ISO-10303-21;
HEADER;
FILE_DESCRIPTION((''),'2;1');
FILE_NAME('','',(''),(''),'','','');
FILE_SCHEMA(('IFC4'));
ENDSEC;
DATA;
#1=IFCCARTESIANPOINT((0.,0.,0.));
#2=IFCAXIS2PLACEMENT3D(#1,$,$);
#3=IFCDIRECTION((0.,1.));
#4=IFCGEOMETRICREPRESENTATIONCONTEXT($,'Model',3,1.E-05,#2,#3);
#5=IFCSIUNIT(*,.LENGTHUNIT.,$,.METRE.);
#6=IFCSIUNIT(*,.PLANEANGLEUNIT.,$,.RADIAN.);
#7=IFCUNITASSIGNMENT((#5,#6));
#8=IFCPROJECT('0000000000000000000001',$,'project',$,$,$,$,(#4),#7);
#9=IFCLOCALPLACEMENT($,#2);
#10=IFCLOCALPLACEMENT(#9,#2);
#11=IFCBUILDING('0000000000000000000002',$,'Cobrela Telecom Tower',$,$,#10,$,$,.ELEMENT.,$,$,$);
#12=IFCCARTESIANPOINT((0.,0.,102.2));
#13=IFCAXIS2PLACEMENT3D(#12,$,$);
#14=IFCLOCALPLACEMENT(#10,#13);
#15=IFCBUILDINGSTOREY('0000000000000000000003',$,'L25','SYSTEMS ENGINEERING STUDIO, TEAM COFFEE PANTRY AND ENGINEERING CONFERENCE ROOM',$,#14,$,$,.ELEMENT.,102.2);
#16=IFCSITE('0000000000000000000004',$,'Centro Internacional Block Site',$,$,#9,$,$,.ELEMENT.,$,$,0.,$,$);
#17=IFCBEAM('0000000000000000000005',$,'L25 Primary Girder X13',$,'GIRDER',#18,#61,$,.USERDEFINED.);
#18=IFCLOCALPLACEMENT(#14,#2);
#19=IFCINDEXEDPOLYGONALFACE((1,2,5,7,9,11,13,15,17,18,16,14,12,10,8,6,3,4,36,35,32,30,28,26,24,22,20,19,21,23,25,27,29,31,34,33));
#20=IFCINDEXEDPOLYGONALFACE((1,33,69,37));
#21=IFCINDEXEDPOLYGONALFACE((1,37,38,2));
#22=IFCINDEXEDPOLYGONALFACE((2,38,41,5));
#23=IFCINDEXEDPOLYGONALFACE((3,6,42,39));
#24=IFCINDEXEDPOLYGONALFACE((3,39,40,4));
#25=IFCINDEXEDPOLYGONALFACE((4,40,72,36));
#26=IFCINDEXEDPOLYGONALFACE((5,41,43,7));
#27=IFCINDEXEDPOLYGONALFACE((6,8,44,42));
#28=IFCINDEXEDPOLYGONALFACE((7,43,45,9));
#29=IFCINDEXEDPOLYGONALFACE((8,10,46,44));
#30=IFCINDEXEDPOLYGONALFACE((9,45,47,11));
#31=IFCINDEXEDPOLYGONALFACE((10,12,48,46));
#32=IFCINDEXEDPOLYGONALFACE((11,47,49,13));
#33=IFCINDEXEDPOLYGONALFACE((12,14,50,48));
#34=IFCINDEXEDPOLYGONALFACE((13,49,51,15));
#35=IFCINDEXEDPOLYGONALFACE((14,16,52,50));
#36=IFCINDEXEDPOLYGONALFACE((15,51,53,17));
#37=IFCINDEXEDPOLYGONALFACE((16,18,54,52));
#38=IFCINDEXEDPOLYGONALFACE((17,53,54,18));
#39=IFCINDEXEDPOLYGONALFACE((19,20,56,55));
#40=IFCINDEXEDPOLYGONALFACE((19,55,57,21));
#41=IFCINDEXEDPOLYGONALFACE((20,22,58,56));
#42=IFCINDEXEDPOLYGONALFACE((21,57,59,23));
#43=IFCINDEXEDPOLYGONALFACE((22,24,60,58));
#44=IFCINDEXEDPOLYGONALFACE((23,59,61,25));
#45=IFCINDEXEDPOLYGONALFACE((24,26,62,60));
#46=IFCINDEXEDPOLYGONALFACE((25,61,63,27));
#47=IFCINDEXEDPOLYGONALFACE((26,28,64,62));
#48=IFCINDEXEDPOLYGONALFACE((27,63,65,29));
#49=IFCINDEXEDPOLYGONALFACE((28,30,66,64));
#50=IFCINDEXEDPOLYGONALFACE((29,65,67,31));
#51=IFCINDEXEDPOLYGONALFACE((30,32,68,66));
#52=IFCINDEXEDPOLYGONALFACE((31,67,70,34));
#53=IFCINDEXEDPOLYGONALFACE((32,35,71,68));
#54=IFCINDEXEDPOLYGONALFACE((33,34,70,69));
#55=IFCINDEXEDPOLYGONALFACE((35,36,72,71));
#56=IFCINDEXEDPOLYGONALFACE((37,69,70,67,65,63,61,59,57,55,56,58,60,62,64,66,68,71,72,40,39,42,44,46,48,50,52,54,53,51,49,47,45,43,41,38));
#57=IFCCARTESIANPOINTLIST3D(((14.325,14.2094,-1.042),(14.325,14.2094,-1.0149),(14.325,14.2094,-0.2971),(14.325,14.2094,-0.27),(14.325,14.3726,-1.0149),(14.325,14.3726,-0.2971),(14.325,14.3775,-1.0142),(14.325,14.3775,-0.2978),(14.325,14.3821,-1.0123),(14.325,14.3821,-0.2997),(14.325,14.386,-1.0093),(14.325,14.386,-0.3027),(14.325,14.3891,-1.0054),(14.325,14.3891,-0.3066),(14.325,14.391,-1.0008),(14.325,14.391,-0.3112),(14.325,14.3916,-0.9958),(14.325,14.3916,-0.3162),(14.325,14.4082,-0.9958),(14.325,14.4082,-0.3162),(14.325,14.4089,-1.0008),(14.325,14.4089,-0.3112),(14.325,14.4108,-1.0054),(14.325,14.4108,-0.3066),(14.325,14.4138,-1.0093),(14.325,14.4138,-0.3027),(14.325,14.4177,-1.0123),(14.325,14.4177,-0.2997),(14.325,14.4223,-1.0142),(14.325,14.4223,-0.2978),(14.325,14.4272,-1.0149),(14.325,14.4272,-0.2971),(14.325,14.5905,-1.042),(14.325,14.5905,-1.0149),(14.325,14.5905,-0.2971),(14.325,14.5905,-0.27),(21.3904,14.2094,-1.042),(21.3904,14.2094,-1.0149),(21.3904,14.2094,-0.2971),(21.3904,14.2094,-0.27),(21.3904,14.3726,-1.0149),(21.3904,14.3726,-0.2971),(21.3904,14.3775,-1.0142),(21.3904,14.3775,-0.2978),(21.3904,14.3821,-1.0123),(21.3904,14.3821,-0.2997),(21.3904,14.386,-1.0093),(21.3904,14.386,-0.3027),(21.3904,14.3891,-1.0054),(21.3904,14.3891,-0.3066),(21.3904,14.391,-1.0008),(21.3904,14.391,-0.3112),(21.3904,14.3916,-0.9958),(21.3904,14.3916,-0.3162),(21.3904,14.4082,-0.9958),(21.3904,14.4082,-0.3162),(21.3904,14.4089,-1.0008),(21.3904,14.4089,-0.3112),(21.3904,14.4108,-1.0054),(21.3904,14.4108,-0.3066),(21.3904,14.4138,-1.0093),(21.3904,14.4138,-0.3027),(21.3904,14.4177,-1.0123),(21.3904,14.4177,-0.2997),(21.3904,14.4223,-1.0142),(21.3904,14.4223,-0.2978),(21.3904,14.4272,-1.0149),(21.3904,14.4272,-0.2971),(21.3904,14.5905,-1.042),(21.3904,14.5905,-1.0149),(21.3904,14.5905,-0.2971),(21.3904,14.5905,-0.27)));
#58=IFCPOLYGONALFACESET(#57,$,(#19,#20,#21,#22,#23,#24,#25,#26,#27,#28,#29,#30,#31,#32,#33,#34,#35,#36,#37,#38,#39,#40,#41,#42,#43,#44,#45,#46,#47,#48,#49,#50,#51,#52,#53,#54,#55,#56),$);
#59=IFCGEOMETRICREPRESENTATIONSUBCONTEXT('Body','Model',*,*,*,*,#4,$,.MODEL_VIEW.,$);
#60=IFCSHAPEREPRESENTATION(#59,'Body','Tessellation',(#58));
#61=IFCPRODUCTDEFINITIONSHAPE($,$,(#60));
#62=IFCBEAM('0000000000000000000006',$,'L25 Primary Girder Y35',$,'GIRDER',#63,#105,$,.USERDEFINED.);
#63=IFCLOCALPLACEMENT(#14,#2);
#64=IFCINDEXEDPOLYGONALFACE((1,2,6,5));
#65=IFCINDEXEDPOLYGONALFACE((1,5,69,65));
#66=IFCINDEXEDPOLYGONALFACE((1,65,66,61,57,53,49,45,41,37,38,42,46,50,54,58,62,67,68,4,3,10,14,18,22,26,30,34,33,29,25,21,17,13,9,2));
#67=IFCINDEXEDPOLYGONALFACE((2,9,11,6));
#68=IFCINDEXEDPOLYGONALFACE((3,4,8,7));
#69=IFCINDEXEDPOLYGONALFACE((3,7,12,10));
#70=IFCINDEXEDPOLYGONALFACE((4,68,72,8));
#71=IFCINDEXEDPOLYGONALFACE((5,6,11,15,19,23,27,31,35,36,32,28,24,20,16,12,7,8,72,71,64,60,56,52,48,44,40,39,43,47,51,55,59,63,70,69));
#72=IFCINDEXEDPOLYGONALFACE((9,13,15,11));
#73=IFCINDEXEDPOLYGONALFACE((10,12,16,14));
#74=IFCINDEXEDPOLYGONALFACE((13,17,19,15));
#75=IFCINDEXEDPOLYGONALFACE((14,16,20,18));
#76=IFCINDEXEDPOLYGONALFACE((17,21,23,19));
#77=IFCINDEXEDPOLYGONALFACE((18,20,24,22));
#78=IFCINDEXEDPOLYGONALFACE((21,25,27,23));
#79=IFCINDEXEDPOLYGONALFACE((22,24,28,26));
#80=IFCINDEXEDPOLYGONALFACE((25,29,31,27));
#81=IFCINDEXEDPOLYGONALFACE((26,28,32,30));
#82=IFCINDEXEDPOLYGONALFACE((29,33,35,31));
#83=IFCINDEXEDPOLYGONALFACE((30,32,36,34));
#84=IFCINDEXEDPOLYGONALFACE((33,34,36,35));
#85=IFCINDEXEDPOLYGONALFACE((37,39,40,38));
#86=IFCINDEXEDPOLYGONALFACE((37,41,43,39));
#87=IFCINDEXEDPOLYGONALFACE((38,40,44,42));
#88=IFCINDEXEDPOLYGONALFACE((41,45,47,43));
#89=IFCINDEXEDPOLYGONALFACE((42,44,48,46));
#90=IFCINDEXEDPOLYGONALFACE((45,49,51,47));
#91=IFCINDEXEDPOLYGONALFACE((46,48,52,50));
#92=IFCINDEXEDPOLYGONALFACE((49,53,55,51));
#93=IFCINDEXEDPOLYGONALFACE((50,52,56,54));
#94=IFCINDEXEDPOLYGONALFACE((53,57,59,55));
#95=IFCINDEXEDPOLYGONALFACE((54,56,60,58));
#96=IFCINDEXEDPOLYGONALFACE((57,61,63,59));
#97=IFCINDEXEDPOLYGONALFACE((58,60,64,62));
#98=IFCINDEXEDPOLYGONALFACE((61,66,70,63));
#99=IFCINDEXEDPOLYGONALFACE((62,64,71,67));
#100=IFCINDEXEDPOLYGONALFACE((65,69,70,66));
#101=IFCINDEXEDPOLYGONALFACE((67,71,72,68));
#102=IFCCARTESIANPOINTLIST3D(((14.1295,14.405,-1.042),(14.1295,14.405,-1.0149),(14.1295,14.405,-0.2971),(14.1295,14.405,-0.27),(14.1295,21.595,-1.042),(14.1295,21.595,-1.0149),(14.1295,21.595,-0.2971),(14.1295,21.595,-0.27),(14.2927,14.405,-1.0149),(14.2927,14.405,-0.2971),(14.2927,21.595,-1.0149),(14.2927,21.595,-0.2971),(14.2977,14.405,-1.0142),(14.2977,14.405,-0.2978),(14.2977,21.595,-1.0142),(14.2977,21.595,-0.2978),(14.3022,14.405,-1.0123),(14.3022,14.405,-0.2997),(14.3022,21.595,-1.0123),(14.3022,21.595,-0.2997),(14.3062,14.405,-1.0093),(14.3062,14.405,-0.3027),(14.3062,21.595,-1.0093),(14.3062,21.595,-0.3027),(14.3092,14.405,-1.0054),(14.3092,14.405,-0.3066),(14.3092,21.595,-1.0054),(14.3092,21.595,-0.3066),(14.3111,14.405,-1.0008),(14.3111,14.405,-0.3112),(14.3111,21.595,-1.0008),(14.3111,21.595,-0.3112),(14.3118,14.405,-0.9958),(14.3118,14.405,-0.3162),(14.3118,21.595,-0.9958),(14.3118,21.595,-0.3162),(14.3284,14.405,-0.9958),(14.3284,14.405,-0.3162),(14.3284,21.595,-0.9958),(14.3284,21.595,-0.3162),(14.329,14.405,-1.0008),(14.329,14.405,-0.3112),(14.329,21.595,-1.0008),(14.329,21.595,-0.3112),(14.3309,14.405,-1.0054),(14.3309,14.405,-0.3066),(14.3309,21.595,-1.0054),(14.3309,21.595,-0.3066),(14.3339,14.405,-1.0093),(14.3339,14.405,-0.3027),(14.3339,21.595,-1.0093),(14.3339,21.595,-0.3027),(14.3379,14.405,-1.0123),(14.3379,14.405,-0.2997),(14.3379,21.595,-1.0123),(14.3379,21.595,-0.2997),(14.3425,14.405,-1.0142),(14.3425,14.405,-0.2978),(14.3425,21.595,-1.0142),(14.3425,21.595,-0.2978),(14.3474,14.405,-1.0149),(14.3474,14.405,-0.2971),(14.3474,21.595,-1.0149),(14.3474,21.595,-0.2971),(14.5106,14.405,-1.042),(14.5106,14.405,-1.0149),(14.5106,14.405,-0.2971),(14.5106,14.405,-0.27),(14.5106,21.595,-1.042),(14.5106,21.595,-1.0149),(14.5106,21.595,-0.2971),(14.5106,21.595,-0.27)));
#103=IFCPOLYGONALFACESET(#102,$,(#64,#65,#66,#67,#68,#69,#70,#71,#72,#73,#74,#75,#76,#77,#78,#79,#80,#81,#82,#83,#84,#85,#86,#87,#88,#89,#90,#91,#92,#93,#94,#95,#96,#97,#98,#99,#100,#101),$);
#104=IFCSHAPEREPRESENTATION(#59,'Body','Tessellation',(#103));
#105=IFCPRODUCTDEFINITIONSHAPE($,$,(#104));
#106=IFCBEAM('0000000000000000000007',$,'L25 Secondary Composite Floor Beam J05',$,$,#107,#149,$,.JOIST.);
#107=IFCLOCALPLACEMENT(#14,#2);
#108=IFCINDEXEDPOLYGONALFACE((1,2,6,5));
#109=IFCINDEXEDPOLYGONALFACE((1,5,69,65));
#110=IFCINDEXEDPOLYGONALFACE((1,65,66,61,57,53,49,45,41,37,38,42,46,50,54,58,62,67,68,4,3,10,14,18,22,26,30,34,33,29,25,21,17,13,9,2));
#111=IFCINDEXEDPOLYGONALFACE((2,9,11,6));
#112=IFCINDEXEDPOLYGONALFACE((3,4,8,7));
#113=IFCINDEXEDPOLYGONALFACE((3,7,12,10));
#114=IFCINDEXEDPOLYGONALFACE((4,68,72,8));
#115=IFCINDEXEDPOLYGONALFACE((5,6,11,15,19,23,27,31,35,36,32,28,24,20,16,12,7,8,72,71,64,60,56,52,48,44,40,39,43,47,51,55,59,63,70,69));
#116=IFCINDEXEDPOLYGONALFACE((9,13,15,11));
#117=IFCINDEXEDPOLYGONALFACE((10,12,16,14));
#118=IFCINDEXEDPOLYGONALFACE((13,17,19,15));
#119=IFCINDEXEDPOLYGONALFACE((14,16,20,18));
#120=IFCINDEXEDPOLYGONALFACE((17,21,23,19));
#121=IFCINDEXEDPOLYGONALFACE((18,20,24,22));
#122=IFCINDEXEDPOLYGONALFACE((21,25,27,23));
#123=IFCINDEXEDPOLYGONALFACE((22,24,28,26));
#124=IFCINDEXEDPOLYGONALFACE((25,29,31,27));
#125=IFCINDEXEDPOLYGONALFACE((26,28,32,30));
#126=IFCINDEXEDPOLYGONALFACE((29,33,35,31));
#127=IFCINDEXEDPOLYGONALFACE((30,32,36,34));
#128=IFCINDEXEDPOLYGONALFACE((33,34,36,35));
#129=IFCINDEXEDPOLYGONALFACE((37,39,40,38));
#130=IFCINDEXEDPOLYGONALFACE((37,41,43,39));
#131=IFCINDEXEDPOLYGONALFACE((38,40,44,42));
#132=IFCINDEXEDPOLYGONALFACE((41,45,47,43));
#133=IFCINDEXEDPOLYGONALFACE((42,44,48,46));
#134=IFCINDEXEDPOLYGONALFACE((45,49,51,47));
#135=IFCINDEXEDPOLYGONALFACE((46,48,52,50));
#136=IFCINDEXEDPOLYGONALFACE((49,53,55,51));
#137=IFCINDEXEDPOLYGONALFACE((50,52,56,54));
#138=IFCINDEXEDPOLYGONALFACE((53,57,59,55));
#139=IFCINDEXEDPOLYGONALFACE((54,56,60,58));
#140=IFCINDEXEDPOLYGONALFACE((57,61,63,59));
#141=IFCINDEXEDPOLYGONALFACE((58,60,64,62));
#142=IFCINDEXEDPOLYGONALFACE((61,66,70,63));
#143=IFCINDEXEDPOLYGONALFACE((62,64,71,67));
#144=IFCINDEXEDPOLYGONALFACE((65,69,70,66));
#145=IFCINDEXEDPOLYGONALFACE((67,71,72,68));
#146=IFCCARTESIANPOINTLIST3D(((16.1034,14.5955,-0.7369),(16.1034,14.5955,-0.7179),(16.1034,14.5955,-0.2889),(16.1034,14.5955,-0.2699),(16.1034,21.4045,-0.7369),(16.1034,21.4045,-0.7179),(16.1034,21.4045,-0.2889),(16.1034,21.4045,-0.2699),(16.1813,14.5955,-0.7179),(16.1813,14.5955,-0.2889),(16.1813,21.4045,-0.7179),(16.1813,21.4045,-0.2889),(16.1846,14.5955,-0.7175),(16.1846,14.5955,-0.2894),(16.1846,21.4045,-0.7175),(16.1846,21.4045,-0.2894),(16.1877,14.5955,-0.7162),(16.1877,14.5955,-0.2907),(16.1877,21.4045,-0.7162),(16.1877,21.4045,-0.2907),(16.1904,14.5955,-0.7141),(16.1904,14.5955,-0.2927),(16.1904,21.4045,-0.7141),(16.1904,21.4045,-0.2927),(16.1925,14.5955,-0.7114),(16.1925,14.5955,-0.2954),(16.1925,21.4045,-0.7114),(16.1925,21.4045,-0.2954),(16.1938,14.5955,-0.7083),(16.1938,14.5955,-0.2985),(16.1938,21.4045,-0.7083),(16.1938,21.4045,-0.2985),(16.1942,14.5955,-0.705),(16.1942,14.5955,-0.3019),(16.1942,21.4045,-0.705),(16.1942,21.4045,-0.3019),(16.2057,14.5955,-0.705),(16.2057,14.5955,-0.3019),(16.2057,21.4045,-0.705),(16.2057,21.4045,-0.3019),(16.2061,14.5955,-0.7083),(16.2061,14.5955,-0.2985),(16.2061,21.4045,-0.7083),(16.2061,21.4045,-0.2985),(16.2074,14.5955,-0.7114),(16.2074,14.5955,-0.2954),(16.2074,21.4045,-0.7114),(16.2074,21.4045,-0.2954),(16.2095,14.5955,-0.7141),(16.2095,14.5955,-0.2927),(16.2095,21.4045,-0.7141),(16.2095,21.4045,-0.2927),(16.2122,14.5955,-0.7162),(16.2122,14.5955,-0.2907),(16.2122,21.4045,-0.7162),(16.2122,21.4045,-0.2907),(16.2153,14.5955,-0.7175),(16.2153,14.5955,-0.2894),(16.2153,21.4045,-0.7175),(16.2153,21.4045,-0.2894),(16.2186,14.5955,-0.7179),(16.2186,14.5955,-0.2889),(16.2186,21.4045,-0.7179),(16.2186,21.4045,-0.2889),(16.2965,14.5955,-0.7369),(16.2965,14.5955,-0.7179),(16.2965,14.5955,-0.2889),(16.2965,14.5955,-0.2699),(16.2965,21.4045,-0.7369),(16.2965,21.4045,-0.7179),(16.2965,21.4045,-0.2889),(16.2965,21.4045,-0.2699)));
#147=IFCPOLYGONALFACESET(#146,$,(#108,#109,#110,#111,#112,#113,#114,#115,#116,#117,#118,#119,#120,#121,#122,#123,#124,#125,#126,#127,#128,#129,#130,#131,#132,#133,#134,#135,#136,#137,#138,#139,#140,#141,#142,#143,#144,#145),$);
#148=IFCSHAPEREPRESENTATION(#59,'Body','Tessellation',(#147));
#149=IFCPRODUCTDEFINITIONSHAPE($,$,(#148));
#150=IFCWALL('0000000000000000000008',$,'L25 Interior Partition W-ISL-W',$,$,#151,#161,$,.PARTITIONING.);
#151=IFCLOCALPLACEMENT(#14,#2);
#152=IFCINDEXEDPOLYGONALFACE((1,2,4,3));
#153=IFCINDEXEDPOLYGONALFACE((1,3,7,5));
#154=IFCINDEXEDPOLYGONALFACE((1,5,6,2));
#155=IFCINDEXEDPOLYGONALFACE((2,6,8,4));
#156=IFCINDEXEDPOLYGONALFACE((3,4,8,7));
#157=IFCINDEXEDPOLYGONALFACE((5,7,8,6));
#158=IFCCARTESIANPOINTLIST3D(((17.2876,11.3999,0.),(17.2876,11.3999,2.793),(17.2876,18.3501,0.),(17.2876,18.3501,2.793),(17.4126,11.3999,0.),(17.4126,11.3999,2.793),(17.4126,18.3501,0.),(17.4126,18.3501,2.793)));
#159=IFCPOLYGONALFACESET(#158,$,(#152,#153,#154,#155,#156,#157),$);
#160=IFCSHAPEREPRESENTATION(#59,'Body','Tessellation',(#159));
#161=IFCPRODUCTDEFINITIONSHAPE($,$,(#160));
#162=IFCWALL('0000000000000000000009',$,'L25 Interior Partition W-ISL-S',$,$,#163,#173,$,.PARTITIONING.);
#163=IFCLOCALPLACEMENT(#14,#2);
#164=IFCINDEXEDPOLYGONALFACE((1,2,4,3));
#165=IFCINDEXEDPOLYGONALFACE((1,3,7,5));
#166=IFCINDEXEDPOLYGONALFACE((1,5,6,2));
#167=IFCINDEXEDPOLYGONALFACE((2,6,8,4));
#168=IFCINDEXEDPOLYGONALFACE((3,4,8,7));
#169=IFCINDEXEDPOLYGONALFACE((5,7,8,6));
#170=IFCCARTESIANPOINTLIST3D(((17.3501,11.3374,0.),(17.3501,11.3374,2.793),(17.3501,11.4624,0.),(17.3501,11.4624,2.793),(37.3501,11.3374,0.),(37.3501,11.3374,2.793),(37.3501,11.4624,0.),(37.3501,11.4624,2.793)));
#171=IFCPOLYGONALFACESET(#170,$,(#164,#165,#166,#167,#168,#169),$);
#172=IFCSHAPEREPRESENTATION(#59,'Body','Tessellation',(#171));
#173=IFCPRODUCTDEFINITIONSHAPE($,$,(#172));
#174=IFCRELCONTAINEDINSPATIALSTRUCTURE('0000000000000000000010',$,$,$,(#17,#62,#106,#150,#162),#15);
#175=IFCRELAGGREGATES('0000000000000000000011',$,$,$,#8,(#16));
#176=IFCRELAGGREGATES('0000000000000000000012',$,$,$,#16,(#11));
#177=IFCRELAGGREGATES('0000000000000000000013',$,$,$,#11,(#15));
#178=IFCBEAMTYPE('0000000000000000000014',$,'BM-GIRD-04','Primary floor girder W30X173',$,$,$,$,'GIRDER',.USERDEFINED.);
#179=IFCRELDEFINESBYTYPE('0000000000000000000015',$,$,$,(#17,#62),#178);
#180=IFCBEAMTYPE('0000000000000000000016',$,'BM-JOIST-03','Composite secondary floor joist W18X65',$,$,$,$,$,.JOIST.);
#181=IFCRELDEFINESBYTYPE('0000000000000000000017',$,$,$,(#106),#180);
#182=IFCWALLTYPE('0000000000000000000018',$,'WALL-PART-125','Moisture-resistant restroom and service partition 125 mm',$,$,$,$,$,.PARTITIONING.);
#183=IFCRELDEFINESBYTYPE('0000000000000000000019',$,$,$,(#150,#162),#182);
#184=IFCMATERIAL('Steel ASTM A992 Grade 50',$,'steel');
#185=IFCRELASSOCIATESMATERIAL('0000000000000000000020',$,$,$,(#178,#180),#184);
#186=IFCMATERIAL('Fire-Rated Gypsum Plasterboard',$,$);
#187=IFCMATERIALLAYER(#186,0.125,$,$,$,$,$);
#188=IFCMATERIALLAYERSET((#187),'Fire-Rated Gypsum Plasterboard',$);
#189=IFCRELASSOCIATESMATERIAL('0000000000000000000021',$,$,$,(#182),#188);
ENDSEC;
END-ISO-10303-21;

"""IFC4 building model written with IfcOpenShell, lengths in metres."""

from ifc_helpers import new_model, si_unit, direction, frame, frame_2d, origin, origin_2d, place, context, subcontext, project, spatial, rectangle, i_section, extrude, material, layer, layer_set, material_profile, profile_set, type_object, element, save


model = new_model("IFC4")

# Units and contexts
model_context = context("Model", 3, precision=1e-05, world=origin(), true_north=direction((0.0, 1.0)))
body_context = subcontext(model_context, "Body", "Model", "MODEL_VIEW")
ifc_project = project(units=[si_unit("LENGTHUNIT", "METRE"), si_unit("PLANEANGLEUNIT", "RADIAN")], contexts=[model_context])

# Site, building, storey
site_placement = place(None, origin())
site = spatial("IfcSite", under=ifc_project, at=site_placement, Name="Centro Internacional Block Site", CompositionType="ELEMENT", RefElevation=0.0)
building_placement = place(site_placement, origin())
building = spatial("IfcBuilding", under=site, at=building_placement, Name="Cobrela Telecom Tower", CompositionType="ELEMENT")
storey_placement = place(building_placement, frame((0.0, 0.0, 102.2)))
storey = spatial("IfcBuildingStorey", under=building, at=storey_placement, Name="L25", Description="SYSTEMS ENGINEERING STUDIO, TEAM COFFEE PANTRY AND ENGINEERING CONFERENCE ROOM", CompositionType="ELEMENT", Elevation=102.2)

# Beams
ifc_material_1 = material(Name="Steel ASTM A992 Grade 50", Category="steel")
ifc_material_profile_1 = material_profile(ifc_material_1, i_section(OverallWidth=0.3811, OverallDepth=0.772, WebThickness=0.0166, FlangeThickness=0.0271, FilletRadius=0.019, at=origin_2d()), Name="W30X173")
ifc_profile_set_1 = profile_set([ifc_material_profile_1], Name="Steel ASTM A992 Grade 50")
beam_type_1 = type_object("IfcBeamType", Name="BM-GIRD-04", Description="Primary floor girder W30X173", ElementType="GIRDER", PredefinedType="USERDEFINED", material=ifc_profile_set_1)
beam_1_placement = place(storey_placement, frame((14.325, 14.3999, -0.656), z_axis=(1.0, 0.0, 0.0), x_axis=(0.0, 1.0, 0.0)))
element("IfcBeam", 1, at=beam_1_placement, inside=storey, type_object=beam_type_1, Name="L25 Primary Girder X13", ObjectType="GIRDER", PredefinedType="USERDEFINED", context=body_context, shape_type="SweptSolid", body=[
    extrude(i_section(OverallWidth=0.3811, OverallDepth=0.772, WebThickness=0.0166, FlangeThickness=0.0271, FilletRadius=0.019, at=origin_2d()), origin(), (0.0, 0.0, 1.0), 7.0654),
])
beam_2_placement = place(storey_placement, frame((14.3201, 14.405, -0.656), z_axis=(0.0, 1.0, 0.0), x_axis=(-1.0, 0.0, 0.0)))
element("IfcBeam", 2, at=beam_2_placement, inside=storey, type_object=beam_type_1, Name="L25 Primary Girder Y35", ObjectType="GIRDER", PredefinedType="USERDEFINED", context=body_context, shape_type="SweptSolid", body=[
    extrude(i_section(OverallWidth=0.3811, OverallDepth=0.772, WebThickness=0.0166, FlangeThickness=0.0271, FilletRadius=0.019, at=origin_2d()), origin(), (0.0, 0.0, 1.0), 7.1899),
])
ifc_material_profile_2 = material_profile(ifc_material_1, i_section(OverallWidth=0.1931, OverallDepth=0.467, WebThickness=0.0115, FlangeThickness=0.019, FilletRadius=0.0129, at=origin_2d()), Name="W18X65")
ifc_profile_set_2 = profile_set([ifc_material_profile_2], Name="Steel ASTM A992 Grade 50")
beam_type_2 = type_object("IfcBeamType", Name="BM-JOIST-03", Description="Composite secondary floor joist W18X65", PredefinedType="JOIST", material=ifc_profile_set_2)
beam_3_placement = place(storey_placement, frame((16.2, 14.5955, -0.5034), z_axis=(0.0, 1.0, 0.0), x_axis=(-1.0, 0.0, 0.0)))
element("IfcBeam", 3, at=beam_3_placement, inside=storey, type_object=beam_type_2, Name="L25 Secondary Composite Floor Beam J05", PredefinedType="JOIST", context=body_context, shape_type="SweptSolid", body=[
    extrude(i_section(OverallWidth=0.1931, OverallDepth=0.467, WebThickness=0.0115, FlangeThickness=0.019, FilletRadius=0.0129, at=origin_2d()), origin(), (0.0, 0.0, 1.0), 6.8091),
])

# Walls
ifc_material_2 = material(Name="Fire-Rated Gypsum Plasterboard")
ifc_layer_1 = layer(ifc_material_2, 0.125)
ifc_layer_set_1 = layer_set([ifc_layer_1], Name="Fire-Rated Gypsum Plasterboard")
wall_type_1 = type_object("IfcWallType", Name="WALL-PART-125", Description="Moisture-resistant restroom and service partition 125 mm", PredefinedType="PARTITIONING", material=ifc_layer_set_1)
wall_1_placement = place(storey_placement, frame((17.3501, 11.3999, 0.0), z_axis=(0.0, 0.0, 1.0), x_axis=(0.0, 1.0, 0.0)))
element("IfcWall", 4, at=wall_1_placement, inside=storey, type_object=wall_type_1, Name="L25 Interior Partition W-ISL-W", PredefinedType="PARTITIONING", context=body_context, shape_type="SweptSolid", body=[
    extrude(rectangle(XDim=6.9502, YDim=0.125, at=frame_2d((3.4751, 0.0))), origin(), (0.0, 0.0, 1.0), 2.793),
])
wall_2_placement = place(storey_placement, frame((17.3501, 11.3999, 0.0), z_axis=(0.0, 0.0, 1.0), x_axis=(1.0, 0.0, 0.0)))
element("IfcWall", 5, at=wall_2_placement, inside=storey, type_object=wall_type_1, Name="L25 Interior Partition W-ISL-S", PredefinedType="PARTITIONING", context=body_context, shape_type="SweptSolid", body=[
    extrude(rectangle(XDim=20.0, YDim=0.125, at=frame_2d((10.0, 0.0))), origin(), (0.0, 0.0, 1.0), 2.793),
])

save(model, "model.ifc")
